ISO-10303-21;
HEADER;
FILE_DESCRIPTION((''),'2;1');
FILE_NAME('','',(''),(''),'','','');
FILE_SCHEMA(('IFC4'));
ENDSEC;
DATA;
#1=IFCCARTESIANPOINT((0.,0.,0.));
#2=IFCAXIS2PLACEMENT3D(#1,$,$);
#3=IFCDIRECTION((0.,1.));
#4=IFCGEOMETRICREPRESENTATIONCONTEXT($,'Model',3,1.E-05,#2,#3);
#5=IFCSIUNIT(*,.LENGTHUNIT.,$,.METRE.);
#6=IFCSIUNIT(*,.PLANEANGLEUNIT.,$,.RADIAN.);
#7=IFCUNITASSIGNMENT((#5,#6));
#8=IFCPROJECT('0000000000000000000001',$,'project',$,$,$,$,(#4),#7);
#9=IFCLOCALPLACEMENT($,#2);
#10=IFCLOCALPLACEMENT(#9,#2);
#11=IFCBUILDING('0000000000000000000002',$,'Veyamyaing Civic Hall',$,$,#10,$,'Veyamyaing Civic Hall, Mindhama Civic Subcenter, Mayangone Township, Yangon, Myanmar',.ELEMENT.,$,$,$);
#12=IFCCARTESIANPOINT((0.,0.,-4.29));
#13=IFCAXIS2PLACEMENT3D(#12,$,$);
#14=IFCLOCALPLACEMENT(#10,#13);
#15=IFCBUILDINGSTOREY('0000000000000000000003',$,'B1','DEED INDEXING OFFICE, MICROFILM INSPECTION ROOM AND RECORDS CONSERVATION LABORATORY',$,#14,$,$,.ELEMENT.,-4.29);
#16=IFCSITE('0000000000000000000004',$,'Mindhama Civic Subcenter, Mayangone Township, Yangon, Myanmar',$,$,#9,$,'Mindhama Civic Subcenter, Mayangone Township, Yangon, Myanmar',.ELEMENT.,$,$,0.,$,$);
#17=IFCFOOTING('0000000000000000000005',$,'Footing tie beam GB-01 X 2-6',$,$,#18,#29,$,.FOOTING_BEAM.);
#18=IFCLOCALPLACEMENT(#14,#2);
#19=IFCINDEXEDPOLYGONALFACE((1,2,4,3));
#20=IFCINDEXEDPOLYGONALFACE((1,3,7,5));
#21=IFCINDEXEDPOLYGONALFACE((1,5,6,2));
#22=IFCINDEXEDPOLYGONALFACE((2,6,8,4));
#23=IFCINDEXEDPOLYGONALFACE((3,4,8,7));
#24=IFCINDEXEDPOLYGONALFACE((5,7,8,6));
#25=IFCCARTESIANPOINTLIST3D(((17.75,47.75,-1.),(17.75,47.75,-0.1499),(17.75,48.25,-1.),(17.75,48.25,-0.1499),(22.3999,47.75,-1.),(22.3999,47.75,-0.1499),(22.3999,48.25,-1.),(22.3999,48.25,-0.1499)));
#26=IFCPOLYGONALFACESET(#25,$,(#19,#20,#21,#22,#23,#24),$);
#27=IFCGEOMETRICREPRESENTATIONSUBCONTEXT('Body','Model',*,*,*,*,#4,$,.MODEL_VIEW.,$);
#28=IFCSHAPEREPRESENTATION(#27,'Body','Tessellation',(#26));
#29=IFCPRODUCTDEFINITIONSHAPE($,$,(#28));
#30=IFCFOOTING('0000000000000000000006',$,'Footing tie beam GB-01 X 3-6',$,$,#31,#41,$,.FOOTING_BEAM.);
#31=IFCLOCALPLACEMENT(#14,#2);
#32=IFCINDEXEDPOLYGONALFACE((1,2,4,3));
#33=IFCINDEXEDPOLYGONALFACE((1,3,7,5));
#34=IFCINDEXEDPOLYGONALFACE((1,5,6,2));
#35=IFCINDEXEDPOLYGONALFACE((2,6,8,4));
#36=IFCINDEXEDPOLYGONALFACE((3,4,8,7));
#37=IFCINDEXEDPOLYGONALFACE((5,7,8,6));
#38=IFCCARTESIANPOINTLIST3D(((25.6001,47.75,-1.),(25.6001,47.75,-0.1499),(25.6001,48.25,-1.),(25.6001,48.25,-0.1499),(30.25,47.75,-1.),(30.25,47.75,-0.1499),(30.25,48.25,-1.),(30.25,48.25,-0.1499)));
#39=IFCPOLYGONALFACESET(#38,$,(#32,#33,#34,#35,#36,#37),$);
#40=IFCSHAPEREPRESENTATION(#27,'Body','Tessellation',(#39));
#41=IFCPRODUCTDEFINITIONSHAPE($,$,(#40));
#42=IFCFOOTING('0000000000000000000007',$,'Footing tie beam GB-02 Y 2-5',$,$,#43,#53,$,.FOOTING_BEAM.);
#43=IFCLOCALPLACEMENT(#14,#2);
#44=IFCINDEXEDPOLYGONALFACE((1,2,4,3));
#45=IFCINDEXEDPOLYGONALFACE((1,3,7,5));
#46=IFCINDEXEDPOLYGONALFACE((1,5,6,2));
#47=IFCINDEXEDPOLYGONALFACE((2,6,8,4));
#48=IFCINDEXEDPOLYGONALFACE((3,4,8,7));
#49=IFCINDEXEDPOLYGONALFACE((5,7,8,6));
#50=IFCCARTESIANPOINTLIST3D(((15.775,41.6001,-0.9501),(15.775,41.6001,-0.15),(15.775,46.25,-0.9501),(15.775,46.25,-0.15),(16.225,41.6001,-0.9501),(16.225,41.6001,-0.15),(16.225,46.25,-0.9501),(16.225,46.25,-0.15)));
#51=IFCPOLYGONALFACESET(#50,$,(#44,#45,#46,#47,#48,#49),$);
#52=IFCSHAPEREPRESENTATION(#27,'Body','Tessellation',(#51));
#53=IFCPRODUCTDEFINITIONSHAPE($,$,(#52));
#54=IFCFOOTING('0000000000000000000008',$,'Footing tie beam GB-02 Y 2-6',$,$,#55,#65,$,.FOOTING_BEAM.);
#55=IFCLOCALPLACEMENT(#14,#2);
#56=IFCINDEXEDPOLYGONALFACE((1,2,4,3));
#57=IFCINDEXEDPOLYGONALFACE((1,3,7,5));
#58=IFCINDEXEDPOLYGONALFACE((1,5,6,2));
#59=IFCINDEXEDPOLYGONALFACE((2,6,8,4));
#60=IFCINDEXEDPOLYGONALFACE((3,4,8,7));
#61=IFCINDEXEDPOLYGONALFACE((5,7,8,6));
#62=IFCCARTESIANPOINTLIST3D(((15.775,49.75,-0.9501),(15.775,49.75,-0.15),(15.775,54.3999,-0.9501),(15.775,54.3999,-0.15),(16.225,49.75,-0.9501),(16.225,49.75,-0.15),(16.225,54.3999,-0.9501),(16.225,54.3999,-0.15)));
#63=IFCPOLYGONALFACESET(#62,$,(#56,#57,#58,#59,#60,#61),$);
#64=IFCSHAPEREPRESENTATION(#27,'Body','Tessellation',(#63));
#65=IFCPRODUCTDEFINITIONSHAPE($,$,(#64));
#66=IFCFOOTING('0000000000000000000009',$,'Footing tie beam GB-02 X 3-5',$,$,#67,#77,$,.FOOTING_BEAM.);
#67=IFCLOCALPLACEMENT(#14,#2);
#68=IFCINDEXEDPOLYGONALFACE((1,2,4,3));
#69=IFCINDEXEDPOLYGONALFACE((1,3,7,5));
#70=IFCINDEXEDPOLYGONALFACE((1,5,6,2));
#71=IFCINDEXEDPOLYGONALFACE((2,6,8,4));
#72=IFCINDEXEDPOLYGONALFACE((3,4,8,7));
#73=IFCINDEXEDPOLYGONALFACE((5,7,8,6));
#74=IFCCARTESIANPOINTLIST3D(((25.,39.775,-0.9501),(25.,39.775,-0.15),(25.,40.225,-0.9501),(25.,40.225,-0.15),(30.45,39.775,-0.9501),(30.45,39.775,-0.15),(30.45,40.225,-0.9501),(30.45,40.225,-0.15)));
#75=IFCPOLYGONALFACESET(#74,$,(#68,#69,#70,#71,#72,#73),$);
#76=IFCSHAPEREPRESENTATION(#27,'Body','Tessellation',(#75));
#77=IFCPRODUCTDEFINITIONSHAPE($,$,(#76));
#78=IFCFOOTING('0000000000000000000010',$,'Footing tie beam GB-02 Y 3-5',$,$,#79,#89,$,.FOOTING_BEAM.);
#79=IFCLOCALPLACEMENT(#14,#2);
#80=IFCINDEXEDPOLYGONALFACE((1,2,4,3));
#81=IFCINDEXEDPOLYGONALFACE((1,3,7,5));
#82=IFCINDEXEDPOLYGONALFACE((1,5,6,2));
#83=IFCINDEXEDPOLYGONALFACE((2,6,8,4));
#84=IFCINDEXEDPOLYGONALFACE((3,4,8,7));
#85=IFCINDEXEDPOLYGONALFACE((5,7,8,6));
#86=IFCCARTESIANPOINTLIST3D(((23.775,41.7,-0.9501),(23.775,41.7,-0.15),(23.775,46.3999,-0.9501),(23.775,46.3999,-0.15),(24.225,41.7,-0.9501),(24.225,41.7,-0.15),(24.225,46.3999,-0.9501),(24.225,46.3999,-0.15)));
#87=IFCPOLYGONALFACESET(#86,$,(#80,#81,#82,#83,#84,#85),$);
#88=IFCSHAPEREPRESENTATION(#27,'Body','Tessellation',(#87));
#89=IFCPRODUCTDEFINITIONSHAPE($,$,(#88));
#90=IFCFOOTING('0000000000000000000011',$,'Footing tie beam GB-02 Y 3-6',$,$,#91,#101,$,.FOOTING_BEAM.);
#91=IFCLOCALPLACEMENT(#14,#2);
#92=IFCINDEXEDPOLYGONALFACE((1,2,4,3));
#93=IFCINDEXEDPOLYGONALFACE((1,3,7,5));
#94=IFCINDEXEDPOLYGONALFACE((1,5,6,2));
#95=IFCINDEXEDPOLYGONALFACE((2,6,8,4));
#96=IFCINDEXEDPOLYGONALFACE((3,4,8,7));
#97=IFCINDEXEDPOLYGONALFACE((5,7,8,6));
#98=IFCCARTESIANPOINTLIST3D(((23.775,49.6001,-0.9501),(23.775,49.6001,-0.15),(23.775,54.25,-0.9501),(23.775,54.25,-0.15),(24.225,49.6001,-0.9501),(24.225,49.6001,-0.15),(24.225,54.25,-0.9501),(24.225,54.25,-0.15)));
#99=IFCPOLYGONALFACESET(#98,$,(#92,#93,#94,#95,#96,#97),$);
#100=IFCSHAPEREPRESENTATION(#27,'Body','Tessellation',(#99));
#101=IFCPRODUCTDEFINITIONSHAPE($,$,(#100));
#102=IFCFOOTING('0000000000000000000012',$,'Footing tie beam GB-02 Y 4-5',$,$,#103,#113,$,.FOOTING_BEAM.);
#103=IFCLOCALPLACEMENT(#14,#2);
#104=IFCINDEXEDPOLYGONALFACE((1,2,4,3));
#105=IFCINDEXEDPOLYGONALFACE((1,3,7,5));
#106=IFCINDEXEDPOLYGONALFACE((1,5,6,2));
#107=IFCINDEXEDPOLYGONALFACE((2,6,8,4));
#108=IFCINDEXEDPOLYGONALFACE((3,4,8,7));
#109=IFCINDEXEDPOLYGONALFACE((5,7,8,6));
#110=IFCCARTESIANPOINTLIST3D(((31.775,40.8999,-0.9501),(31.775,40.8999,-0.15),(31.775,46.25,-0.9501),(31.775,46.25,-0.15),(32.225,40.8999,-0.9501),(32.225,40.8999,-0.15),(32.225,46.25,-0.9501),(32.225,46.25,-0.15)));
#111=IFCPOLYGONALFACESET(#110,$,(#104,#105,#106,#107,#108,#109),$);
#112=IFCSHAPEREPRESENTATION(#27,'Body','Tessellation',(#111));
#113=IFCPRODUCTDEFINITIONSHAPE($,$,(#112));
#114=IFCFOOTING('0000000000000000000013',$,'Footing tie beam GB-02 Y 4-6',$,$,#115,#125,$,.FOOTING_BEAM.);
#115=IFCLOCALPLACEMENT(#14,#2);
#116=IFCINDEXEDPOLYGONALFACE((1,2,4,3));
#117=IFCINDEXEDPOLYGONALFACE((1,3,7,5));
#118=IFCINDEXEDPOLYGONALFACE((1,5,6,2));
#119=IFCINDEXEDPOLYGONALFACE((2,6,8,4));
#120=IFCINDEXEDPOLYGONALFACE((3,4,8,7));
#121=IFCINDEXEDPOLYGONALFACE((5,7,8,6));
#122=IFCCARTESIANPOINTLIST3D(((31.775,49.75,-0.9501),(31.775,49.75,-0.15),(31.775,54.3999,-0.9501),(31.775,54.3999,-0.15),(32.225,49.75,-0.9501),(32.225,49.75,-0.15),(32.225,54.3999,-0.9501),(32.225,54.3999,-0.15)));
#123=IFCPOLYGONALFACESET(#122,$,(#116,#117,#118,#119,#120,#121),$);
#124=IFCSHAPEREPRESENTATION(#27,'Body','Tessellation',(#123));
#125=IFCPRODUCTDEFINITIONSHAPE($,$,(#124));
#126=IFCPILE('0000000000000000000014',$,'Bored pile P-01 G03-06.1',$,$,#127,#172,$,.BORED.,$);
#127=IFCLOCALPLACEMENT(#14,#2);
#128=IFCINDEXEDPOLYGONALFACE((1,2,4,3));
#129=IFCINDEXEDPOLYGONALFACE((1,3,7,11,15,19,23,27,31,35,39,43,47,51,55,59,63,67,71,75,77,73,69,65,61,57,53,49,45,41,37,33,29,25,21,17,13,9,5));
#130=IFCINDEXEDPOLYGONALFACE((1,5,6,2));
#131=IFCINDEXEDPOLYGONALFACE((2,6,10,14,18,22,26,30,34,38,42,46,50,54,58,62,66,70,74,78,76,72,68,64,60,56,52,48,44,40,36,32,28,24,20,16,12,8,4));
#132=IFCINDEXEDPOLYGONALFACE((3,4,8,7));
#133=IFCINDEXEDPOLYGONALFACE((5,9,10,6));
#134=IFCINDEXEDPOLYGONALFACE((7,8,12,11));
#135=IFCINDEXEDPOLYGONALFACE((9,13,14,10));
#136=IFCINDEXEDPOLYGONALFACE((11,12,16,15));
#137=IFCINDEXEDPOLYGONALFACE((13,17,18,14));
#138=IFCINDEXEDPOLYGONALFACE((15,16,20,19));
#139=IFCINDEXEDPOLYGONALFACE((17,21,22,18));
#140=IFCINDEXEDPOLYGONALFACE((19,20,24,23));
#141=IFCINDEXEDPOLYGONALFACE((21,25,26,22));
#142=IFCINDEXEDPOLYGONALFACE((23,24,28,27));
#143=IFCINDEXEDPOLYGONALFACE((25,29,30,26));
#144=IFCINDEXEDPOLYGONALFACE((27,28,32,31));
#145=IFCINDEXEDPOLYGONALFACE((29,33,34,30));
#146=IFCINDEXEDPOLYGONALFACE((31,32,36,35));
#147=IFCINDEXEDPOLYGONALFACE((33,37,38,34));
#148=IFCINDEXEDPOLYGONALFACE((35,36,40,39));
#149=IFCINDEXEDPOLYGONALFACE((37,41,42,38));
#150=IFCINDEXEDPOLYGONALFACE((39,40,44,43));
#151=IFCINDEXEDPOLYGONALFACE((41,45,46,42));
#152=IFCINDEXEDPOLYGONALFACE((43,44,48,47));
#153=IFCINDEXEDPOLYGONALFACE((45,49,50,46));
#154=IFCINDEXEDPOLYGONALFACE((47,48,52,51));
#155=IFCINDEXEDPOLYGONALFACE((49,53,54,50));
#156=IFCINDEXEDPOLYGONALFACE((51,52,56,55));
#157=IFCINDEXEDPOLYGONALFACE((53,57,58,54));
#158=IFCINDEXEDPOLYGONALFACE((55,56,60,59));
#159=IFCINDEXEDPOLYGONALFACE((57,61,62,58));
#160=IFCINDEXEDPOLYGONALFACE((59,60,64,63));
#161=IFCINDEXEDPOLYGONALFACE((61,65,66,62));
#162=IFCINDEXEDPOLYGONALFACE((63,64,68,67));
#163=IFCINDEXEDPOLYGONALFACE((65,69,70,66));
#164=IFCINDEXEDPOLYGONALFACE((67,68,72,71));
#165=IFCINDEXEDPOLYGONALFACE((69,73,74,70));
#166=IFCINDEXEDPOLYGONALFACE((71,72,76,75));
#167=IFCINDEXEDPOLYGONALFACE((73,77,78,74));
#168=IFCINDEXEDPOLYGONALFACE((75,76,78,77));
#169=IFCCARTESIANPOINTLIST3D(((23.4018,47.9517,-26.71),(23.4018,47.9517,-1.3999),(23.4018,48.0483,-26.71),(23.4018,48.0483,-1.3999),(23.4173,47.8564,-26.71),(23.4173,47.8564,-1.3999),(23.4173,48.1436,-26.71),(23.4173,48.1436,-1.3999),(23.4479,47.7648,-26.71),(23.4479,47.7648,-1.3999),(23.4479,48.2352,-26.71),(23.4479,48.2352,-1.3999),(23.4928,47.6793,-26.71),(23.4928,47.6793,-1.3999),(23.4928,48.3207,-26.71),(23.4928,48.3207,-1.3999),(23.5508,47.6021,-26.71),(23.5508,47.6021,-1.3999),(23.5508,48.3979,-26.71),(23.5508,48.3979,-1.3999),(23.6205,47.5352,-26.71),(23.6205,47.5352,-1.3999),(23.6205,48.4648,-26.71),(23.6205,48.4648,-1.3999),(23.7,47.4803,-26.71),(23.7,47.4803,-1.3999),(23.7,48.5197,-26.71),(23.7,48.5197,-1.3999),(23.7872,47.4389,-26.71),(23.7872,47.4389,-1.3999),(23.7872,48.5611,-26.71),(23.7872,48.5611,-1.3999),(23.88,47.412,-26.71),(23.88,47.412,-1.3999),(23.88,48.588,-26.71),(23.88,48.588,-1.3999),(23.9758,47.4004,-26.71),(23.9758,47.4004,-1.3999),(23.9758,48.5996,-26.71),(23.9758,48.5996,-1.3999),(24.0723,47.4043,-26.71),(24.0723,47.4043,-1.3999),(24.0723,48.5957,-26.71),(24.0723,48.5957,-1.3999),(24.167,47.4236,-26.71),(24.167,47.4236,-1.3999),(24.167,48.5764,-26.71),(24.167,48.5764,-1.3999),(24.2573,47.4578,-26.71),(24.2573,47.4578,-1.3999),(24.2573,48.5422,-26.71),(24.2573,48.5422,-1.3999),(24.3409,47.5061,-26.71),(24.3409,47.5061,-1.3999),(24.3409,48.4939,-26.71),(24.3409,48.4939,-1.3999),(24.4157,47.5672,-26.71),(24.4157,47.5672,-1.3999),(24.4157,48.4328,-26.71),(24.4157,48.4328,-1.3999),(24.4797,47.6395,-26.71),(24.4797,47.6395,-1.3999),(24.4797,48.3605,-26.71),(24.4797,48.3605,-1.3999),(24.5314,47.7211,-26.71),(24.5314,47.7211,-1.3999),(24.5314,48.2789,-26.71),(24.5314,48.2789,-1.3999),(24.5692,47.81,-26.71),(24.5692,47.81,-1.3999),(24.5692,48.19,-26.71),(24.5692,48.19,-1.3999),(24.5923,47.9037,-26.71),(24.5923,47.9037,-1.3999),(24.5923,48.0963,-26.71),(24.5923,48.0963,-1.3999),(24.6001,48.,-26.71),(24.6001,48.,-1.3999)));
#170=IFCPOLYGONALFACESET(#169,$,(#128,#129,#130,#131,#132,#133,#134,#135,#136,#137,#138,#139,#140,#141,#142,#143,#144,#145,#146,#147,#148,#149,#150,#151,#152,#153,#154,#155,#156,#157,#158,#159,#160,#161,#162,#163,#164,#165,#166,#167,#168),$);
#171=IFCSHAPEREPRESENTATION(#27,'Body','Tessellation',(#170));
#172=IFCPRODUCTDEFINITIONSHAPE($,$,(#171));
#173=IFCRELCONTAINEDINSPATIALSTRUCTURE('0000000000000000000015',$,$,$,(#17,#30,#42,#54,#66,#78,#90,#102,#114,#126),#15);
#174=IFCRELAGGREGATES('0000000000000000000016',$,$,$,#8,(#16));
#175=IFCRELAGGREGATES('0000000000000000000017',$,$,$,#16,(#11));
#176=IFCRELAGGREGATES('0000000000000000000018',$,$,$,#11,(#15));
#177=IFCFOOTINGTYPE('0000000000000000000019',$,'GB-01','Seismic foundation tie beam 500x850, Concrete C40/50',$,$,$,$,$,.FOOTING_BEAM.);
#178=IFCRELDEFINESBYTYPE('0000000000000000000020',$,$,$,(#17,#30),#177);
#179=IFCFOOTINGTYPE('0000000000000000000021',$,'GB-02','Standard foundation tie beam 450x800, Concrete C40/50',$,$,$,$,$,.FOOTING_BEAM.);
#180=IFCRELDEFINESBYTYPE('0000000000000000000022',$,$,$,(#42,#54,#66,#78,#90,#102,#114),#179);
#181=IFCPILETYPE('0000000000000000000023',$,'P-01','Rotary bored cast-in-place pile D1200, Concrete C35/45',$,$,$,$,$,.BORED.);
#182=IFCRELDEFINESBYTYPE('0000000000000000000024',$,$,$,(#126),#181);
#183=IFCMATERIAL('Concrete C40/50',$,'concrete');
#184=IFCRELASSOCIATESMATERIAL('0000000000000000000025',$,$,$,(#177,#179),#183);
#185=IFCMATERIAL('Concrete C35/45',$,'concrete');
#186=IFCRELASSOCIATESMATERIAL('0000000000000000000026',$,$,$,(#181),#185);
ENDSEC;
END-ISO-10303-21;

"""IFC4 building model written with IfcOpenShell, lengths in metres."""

from ifc_helpers import new_model, si_unit, direction, frame, origin, origin_2d, place, context, subcontext, project, spatial, rectangle, circle, extrude, material, material_profile, profile_set, type_object, element, save


model = new_model("IFC4")

# Units and contexts
model_context = context("Model", 3, precision=1e-05, world=origin(), true_north=direction((0.0, 1.0)))
body_context = subcontext(model_context, "Body", "Model", "MODEL_VIEW")
ifc_project = project(units=[si_unit("LENGTHUNIT", "METRE"), si_unit("PLANEANGLEUNIT", "RADIAN")], contexts=[model_context])

# Site, building, storey
site_placement = place(None, origin())
site = spatial("IfcSite", under=ifc_project, at=site_placement, Name="Mindhama Civic Subcenter, Mayangone Township, Yangon, Myanmar", LongName="Mindhama Civic Subcenter, Mayangone Township, Yangon, Myanmar", CompositionType="ELEMENT", RefElevation=0.0)
building_placement = place(site_placement, origin())
building = spatial("IfcBuilding", under=site, at=building_placement, Name="Veyamyaing Civic Hall", LongName="Veyamyaing Civic Hall, Mindhama Civic Subcenter, Mayangone Township, Yangon, Myanmar", CompositionType="ELEMENT")
storey_placement = place(building_placement, frame((0.0, 0.0, -4.29)))
storey = spatial("IfcBuildingStorey", under=building, at=storey_placement, Name="B1", Description="DEED INDEXING OFFICE, MICROFILM INSPECTION ROOM AND RECORDS CONSERVATION LABORATORY", CompositionType="ELEMENT", Elevation=-4.29)

# Footings
ifc_material_1 = material(Name="Concrete C40/50", Category="concrete")
ifc_material_profile_1 = material_profile(ifc_material_1, rectangle(XDim=0.5, YDim=0.8501, at=origin_2d()), Name="GB-500X850")
ifc_profile_set_1 = profile_set([ifc_material_profile_1], Name="Concrete C40/50")
footing_type_1 = type_object("IfcFootingType", Name="GB-01", Description="Seismic foundation tie beam 500x850, Concrete C40/50", PredefinedType="FOOTING_BEAM", material=ifc_profile_set_1)
for number, where, z_axis, x_axis, name in (
    (1, (17.75, 48.0, -0.575), (1.0, 0.0, 0.0), (0.0, 1.0, 0.0), "Footing tie beam GB-01 X 2-6"),
    (2, (25.6001, 48.0, -0.575), (1.0, 0.0, 0.0), (0.0, 1.0, 0.0), "Footing tie beam GB-01 X 3-6"),
):
    element("IfcFooting", number, at=place(storey_placement, frame(where, z_axis=z_axis, x_axis=x_axis)), inside=storey, type_object=footing_type_1, Name=name, PredefinedType="FOOTING_BEAM", context=body_context, shape_type="SweptSolid", body=[
        extrude(rectangle(XDim=0.5, YDim=0.8501, at=origin_2d()), origin(), (0.0, 0.0, 1.0), 4.6499),
    ])
ifc_material_profile_2 = material_profile(ifc_material_1, rectangle(XDim=0.45, YDim=0.8, at=origin_2d()), Name="GB-450X800")
ifc_profile_set_2 = profile_set([ifc_material_profile_2], Name="Concrete C40/50")
footing_type_2 = type_object("IfcFootingType", Name="GB-02", Description="Standard foundation tie beam 450x800, Concrete C40/50", PredefinedType="FOOTING_BEAM", material=ifc_profile_set_2)
for number, where, z_axis, x_axis, name in (
    (3, (16.0, 41.6001, -0.55), (0.0, 1.0, 0.0), (-1.0, 0.0, 0.0), "Footing tie beam GB-02 Y 2-5"),
    (4, (16.0, 49.75, -0.55), (0.0, 1.0, 0.0), (-1.0, 0.0, 0.0), "Footing tie beam GB-02 Y 2-6"),
):
    element("IfcFooting", number, at=place(storey_placement, frame(where, z_axis=z_axis, x_axis=x_axis)), inside=storey, type_object=footing_type_2, Name=name, PredefinedType="FOOTING_BEAM", context=body_context, shape_type="SweptSolid", body=[
        extrude(rectangle(XDim=0.45, YDim=0.8, at=origin_2d()), origin(), (0.0, 0.0, 1.0), 4.6499),
    ])
footing_1_placement = place(storey_placement, frame((25.0, 40.0, -0.55), z_axis=(1.0, 0.0, 0.0), x_axis=(0.0, 1.0, 0.0)))
element("IfcFooting", 5, at=footing_1_placement, inside=storey, type_object=footing_type_2, Name="Footing tie beam GB-02 X 3-5", PredefinedType="FOOTING_BEAM", context=body_context, shape_type="SweptSolid", body=[
    extrude(rectangle(XDim=0.45, YDim=0.8, at=origin_2d()), origin(), (0.0, 0.0, 1.0), 5.45),
])
footing_2_placement = place(storey_placement, frame((24.0, 41.7, -0.55), z_axis=(0.0, 1.0, 0.0), x_axis=(-1.0, 0.0, 0.0)))
element("IfcFooting", 6, at=footing_2_placement, inside=storey, type_object=footing_type_2, Name="Footing tie beam GB-02 Y 3-5", PredefinedType="FOOTING_BEAM", context=body_context, shape_type="SweptSolid", body=[
    extrude(rectangle(XDim=0.45, YDim=0.8, at=origin_2d()), origin(), (0.0, 0.0, 1.0), 4.7),
])
footing_3_placement = place(storey_placement, frame((24.0, 49.6001, -0.55), z_axis=(0.0, 1.0, 0.0), x_axis=(-1.0, 0.0, 0.0)))
element("IfcFooting", 7, at=footing_3_placement, inside=storey, type_object=footing_type_2, Name="Footing tie beam GB-02 Y 3-6", PredefinedType="FOOTING_BEAM", context=body_context, shape_type="SweptSolid", body=[
    extrude(rectangle(XDim=0.45, YDim=0.8, at=origin_2d()), origin(), (0.0, 0.0, 1.0), 4.6499),
])
footing_4_placement = place(storey_placement, frame((32.0, 40.8999, -0.55), z_axis=(0.0, 1.0, 0.0), x_axis=(-1.0, 0.0, 0.0)))
element("IfcFooting", 8, at=footing_4_placement, inside=storey, type_object=footing_type_2, Name="Footing tie beam GB-02 Y 4-5", PredefinedType="FOOTING_BEAM", context=body_context, shape_type="SweptSolid", body=[
    extrude(rectangle(XDim=0.45, YDim=0.8, at=origin_2d()), origin(), (0.0, 0.0, 1.0), 5.3501),
])
footing_5_placement = place(storey_placement, frame((32.0, 49.75, -0.55), z_axis=(0.0, 1.0, 0.0), x_axis=(-1.0, 0.0, 0.0)))
element("IfcFooting", 9, at=footing_5_placement, inside=storey, type_object=footing_type_2, Name="Footing tie beam GB-02 Y 4-6", PredefinedType="FOOTING_BEAM", context=body_context, shape_type="SweptSolid", body=[
    extrude(rectangle(XDim=0.45, YDim=0.8, at=origin_2d()), origin(), (0.0, 0.0, 1.0), 4.6499),
])

# Pile
ifc_material_2 = material(Name="Concrete C35/45", Category="concrete")
ifc_material_profile_3 = material_profile(ifc_material_2, circle(Radius=0.6001, at=origin_2d()), Name="PILE-D1200")
ifc_profile_set_3 = profile_set([ifc_material_profile_3], Name="Concrete C35/45")
pile_type_1 = type_object("IfcPileType", Name="P-01", Description="Rotary bored cast-in-place pile D1200, Concrete C35/45", PredefinedType="BORED", material=ifc_profile_set_3)
pile_1_placement = place(storey_placement, frame((24.0, 48.0, -1.3999), z_axis=(0.0, 0.0, -1.0), x_axis=(1.0, 0.0, 0.0)))
element("IfcPile", 10, at=pile_1_placement, inside=storey, type_object=pile_type_1, Name="Bored pile P-01 G03-06.1", PredefinedType="BORED", context=body_context, shape_type="SweptSolid", body=[
    extrude(circle(Radius=0.6001, at=origin_2d()), origin(), (0.0, 0.0, 1.0), 25.3101),
])

save(model, "model.ifc")
